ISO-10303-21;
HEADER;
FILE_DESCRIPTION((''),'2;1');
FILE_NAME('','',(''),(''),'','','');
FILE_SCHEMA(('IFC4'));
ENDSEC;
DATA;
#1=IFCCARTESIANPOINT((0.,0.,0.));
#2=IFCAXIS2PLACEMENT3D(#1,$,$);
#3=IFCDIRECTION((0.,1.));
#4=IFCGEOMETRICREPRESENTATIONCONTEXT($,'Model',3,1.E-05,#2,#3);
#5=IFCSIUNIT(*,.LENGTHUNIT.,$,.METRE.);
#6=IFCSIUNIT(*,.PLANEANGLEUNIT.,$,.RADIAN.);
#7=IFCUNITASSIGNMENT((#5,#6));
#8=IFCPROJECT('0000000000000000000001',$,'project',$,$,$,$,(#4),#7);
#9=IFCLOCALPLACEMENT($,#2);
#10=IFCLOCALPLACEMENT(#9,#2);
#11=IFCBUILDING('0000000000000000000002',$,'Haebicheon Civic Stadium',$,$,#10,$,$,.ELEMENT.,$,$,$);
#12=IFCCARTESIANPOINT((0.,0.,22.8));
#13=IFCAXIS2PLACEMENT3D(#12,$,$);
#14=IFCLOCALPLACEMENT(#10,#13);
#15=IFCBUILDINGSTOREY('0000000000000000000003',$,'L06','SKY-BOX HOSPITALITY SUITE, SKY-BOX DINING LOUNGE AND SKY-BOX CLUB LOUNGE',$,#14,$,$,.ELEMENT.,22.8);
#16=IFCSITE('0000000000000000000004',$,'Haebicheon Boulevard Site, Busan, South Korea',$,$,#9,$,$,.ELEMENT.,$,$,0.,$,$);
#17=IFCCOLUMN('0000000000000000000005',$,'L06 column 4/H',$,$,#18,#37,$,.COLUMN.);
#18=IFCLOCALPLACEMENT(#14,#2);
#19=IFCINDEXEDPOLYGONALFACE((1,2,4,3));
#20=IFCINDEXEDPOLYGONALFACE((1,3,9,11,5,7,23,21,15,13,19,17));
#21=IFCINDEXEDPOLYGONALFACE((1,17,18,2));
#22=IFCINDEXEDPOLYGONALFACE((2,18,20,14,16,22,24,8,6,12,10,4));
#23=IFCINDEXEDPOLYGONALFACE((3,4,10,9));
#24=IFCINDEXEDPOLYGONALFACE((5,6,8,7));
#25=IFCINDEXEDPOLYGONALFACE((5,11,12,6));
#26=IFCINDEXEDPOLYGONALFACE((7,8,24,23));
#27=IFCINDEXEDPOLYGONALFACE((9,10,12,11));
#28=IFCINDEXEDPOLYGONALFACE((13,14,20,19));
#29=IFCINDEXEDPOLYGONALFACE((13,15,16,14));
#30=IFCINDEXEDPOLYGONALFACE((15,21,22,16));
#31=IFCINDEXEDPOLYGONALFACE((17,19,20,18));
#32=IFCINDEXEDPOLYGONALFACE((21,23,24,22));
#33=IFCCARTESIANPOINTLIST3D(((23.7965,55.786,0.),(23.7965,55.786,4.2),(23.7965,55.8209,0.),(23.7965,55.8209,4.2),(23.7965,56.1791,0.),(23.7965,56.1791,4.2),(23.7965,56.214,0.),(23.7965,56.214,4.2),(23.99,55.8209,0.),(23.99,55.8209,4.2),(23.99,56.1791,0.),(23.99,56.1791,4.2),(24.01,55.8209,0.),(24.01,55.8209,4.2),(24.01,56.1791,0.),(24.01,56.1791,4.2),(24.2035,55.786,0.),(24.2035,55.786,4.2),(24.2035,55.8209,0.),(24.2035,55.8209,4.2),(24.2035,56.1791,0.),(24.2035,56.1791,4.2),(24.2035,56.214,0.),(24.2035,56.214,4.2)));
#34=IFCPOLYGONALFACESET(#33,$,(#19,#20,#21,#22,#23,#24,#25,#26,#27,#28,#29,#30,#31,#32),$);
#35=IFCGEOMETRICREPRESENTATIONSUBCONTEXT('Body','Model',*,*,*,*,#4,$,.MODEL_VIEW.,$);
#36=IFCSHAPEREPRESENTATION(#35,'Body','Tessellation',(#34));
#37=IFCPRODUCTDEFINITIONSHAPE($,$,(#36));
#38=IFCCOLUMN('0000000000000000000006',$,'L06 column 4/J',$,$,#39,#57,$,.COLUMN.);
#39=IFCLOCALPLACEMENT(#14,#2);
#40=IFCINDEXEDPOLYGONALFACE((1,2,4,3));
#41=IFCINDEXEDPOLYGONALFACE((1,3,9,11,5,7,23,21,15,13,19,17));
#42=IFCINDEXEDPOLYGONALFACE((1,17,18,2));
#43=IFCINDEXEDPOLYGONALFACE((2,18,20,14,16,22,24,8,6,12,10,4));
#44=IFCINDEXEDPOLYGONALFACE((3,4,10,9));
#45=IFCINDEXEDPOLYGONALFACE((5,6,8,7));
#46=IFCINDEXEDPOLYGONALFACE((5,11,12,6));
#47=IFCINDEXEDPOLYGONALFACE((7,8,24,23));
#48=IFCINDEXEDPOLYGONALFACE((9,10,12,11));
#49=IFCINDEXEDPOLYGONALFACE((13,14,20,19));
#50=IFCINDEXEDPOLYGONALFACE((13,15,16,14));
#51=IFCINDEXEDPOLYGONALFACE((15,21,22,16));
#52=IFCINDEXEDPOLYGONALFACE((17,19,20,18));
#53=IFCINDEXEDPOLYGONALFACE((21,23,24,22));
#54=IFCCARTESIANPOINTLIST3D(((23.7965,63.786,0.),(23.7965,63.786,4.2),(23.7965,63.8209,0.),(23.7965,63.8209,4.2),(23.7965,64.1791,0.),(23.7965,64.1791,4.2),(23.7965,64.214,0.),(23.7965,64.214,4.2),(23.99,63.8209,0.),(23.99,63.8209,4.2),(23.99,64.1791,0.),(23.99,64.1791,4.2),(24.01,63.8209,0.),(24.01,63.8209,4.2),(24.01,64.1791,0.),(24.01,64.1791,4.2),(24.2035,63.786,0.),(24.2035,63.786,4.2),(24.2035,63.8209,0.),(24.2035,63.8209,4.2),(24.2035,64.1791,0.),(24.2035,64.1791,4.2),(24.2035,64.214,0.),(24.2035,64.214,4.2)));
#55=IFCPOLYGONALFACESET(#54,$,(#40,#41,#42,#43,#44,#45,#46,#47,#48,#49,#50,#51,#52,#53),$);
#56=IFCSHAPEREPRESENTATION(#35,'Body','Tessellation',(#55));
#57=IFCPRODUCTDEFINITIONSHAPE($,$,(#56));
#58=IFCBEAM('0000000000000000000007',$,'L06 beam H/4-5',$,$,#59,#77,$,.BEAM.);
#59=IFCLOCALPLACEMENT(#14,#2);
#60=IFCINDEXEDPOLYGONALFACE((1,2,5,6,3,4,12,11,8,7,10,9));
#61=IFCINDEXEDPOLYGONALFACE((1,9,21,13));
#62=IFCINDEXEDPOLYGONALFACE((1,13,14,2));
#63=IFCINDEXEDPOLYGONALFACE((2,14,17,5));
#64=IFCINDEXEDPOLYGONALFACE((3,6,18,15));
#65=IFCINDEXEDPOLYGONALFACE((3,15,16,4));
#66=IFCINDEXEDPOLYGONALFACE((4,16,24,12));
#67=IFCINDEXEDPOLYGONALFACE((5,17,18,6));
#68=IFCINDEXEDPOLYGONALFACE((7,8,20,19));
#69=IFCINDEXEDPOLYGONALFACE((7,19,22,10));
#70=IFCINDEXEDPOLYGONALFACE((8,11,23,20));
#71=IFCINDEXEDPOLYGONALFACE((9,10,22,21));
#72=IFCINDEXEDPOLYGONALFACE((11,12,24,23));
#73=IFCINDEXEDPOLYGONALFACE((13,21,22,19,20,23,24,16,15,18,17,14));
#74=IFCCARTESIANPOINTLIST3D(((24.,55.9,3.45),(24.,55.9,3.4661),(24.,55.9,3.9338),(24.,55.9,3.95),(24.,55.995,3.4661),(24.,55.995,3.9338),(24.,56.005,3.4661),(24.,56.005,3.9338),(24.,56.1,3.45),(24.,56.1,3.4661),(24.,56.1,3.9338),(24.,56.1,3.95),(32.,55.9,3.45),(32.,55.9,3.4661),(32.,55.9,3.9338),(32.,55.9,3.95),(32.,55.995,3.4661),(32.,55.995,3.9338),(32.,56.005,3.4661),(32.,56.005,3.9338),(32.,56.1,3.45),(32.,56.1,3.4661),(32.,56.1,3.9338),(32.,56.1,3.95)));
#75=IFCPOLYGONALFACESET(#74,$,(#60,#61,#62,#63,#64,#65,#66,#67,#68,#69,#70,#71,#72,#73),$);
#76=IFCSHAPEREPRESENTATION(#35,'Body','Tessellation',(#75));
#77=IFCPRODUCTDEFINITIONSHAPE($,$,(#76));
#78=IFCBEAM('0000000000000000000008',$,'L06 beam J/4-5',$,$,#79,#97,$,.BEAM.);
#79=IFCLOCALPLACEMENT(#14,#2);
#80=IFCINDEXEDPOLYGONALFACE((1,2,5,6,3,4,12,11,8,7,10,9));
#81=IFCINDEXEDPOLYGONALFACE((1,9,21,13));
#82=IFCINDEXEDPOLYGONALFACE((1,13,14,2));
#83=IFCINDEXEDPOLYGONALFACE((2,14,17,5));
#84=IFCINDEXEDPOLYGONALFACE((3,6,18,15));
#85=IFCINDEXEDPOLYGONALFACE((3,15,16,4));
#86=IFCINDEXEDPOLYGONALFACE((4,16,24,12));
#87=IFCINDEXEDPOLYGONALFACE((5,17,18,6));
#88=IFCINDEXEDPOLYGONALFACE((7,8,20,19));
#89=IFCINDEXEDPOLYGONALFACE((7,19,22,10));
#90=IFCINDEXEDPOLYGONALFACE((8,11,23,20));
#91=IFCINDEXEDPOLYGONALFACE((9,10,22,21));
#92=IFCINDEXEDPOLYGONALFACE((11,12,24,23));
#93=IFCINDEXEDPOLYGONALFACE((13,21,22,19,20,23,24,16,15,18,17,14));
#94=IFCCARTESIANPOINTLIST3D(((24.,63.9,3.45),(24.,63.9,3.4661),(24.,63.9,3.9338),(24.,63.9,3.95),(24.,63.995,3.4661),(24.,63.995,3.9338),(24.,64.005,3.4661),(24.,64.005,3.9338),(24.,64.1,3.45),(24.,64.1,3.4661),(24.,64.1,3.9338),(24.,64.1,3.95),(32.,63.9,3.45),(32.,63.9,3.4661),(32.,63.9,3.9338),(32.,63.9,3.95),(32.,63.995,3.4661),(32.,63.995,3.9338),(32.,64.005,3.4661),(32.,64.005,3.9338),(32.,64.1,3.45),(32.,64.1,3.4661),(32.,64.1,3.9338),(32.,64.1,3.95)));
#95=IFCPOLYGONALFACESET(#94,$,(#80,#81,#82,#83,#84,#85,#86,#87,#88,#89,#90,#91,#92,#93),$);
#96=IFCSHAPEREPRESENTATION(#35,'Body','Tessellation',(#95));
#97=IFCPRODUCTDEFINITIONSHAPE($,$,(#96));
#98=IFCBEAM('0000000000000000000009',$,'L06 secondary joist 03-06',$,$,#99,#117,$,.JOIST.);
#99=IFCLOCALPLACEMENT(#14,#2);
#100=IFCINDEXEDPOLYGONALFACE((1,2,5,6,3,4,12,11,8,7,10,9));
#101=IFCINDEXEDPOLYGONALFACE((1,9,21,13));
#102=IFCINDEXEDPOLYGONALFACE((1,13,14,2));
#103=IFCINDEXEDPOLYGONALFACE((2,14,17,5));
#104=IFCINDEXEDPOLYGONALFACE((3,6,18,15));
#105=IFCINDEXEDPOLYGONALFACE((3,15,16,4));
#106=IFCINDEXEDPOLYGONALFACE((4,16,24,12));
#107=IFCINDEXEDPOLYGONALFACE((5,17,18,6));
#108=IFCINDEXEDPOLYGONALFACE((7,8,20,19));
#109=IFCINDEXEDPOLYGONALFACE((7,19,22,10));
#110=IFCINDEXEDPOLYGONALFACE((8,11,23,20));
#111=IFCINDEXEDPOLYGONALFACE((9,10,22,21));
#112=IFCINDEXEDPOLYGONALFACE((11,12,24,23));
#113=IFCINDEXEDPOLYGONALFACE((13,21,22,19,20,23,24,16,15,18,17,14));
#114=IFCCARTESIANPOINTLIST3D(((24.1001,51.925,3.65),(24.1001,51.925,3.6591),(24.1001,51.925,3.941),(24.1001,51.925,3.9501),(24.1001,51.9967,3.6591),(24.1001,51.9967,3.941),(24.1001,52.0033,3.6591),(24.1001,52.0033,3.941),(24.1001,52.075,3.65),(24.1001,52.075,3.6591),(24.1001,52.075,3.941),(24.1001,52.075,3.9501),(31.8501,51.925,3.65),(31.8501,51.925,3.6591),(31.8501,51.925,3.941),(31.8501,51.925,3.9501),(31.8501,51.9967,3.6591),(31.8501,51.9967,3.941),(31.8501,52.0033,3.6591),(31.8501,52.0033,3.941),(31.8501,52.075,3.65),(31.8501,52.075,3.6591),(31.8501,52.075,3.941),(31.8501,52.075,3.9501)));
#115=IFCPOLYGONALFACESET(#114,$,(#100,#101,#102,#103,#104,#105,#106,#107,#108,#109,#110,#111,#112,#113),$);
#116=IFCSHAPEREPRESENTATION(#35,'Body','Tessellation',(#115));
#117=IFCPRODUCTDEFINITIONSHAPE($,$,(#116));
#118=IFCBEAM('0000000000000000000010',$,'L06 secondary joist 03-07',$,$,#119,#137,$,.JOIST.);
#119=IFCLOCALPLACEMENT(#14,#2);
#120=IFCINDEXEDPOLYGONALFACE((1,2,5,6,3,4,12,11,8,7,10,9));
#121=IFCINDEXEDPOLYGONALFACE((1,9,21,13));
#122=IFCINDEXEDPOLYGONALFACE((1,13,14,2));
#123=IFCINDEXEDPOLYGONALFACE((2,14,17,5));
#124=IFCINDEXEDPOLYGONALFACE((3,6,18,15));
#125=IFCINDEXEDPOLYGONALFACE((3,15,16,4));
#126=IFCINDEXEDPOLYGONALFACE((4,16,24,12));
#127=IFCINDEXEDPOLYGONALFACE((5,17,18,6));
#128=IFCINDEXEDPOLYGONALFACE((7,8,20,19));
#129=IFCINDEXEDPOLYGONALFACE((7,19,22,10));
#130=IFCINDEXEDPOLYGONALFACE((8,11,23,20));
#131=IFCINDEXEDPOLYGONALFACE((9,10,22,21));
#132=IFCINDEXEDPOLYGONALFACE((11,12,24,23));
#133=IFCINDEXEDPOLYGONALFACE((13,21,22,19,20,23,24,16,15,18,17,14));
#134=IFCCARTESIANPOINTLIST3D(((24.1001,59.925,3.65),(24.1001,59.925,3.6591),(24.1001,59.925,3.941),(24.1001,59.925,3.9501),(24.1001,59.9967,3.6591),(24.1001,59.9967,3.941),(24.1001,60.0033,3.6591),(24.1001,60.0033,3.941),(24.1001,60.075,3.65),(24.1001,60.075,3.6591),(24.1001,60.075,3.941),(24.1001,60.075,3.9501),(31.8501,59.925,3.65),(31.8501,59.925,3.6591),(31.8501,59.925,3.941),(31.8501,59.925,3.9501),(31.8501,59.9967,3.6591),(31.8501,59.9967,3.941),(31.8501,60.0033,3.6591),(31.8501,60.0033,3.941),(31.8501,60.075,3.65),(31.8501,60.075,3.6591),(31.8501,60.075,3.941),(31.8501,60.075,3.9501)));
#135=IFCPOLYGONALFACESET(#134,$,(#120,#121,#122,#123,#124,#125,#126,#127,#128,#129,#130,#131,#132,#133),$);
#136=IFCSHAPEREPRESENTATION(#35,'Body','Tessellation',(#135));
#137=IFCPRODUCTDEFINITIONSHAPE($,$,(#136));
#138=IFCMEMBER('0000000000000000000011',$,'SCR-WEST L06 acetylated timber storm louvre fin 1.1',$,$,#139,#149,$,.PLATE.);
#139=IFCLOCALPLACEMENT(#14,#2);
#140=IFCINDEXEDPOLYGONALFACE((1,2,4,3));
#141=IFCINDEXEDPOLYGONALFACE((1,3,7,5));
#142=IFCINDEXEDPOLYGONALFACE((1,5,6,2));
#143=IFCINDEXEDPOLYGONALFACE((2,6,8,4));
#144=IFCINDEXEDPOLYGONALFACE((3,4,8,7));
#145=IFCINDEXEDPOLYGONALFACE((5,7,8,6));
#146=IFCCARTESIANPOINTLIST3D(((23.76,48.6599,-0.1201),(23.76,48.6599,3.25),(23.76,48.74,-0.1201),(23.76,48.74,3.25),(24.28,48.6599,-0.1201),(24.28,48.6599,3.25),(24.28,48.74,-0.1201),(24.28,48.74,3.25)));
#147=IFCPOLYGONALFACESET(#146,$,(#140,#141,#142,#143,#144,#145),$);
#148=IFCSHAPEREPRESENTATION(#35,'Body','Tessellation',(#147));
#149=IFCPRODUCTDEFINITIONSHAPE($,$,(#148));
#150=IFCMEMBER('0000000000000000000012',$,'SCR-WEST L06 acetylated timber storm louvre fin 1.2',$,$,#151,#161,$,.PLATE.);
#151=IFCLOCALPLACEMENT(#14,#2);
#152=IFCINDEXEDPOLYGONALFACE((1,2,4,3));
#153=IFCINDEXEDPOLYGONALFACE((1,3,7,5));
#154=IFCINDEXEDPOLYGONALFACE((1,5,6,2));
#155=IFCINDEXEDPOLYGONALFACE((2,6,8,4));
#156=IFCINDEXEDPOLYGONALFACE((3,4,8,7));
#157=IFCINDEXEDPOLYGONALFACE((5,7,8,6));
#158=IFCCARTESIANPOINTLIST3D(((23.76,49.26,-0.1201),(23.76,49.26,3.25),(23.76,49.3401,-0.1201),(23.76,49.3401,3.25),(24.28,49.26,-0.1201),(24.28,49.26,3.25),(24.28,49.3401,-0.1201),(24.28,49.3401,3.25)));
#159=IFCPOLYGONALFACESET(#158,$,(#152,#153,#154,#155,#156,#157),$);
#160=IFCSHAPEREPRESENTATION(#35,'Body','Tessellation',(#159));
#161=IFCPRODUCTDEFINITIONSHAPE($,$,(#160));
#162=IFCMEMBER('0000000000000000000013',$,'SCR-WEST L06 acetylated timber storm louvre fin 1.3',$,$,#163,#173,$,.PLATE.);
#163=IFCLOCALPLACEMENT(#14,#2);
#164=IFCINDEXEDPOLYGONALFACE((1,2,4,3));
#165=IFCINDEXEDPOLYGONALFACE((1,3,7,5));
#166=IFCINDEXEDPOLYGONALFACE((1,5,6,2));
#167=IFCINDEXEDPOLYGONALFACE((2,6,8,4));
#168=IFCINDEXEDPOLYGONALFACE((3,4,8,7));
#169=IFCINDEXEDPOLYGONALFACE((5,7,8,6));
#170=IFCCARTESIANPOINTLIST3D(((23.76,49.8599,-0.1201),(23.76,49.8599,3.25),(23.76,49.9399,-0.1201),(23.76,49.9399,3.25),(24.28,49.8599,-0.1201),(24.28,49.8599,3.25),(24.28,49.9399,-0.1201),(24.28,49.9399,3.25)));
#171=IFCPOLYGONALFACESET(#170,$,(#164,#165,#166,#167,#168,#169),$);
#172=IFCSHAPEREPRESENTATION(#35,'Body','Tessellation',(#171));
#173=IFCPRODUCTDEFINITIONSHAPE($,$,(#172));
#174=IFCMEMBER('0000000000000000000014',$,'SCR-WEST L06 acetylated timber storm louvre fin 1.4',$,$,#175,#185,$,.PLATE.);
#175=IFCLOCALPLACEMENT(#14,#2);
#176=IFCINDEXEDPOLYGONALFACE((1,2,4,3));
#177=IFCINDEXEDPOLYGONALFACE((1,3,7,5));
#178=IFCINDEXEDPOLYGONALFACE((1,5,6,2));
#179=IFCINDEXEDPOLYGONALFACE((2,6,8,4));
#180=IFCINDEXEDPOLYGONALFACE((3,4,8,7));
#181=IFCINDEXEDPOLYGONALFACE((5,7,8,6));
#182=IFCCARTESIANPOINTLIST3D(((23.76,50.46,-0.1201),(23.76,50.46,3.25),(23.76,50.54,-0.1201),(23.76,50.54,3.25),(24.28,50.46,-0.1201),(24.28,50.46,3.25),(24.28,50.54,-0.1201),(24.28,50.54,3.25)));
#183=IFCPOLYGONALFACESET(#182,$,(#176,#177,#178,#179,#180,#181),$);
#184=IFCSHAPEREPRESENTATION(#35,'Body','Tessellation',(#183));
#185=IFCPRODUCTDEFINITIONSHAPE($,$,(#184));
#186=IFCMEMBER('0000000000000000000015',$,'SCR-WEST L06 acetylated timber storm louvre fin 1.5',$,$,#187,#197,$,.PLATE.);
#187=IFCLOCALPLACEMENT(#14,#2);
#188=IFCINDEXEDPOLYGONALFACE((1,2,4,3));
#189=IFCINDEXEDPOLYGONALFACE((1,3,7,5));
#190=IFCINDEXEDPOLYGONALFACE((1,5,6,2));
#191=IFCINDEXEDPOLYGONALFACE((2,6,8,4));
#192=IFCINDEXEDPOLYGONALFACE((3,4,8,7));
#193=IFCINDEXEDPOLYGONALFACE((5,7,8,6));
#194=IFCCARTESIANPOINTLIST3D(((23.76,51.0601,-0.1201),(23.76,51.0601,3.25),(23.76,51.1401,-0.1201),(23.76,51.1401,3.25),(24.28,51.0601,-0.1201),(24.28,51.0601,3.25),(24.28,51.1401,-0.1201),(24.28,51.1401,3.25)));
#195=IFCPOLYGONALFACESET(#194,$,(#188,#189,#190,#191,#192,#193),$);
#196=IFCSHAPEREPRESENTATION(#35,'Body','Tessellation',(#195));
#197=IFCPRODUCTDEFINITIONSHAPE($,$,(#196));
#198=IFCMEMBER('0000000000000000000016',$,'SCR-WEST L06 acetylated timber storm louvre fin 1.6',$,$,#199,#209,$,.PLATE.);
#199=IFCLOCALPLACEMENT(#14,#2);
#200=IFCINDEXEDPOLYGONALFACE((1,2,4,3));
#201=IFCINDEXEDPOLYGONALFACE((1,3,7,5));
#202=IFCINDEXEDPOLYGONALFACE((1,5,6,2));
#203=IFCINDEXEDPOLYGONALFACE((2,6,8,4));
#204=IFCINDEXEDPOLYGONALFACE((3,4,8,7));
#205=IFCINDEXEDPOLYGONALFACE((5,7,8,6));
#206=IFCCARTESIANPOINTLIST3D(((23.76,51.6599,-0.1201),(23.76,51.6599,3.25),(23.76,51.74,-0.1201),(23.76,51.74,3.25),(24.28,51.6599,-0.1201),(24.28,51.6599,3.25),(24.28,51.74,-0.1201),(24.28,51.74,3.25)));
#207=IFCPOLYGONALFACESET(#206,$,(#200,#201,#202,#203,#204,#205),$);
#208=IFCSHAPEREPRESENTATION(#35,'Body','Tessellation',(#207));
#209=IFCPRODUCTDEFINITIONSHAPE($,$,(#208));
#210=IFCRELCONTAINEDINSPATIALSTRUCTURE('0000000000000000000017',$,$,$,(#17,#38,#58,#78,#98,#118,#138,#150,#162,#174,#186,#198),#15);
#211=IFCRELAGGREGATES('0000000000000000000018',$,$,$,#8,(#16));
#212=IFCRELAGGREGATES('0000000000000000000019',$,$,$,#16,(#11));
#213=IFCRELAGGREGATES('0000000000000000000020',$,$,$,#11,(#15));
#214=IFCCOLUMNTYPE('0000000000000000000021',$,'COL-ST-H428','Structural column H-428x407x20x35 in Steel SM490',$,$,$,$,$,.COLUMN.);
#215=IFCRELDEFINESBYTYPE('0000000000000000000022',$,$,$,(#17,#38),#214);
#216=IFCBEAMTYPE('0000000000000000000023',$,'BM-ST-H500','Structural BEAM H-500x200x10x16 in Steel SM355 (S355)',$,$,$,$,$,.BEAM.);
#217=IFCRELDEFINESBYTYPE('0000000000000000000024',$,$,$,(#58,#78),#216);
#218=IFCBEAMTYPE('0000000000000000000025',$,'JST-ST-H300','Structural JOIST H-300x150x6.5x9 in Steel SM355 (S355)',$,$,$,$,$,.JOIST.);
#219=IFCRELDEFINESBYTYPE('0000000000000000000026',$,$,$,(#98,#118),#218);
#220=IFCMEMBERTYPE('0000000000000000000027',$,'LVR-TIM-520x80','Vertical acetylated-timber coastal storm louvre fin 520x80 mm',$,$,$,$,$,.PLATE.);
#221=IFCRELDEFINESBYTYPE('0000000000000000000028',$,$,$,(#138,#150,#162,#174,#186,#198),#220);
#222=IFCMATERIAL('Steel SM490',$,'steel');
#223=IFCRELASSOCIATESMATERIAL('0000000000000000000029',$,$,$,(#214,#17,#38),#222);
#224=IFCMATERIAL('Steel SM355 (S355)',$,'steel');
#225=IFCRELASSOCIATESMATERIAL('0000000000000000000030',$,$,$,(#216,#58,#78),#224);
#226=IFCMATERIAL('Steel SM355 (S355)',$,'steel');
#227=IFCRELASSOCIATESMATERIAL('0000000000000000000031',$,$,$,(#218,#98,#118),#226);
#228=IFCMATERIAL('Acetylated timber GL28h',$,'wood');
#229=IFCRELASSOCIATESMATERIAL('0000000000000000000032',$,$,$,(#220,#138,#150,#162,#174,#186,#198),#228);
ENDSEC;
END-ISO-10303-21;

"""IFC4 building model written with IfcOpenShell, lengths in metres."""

from ifc_helpers import new_model, si_unit, direction, frame, origin, origin_2d, place, context, subcontext, project, spatial, rectangle, i_section, extrude, material, material_profile, profile_set, type_object, element, save


model = new_model("IFC4")

# Units and contexts
model_context = context("Model", 3, precision=1e-05, world=origin(), true_north=direction((0.0, 1.0)))
body_context = subcontext(model_context, "Body", "Model", "MODEL_VIEW")
ifc_project = project(units=[si_unit("LENGTHUNIT", "METRE"), si_unit("PLANEANGLEUNIT", "RADIAN")], contexts=[model_context])

# Site, building, storey
site_placement = place(None, origin())
site = spatial("IfcSite", under=ifc_project, at=site_placement, Name="Haebicheon Boulevard Site, Busan, South Korea", CompositionType="ELEMENT", RefElevation=0.0)
building_placement = place(site_placement, origin())
building = spatial("IfcBuilding", under=site, at=building_placement, Name="Haebicheon Civic Stadium", CompositionType="ELEMENT")
storey_placement = place(building_placement, frame((0.0, 0.0, 22.8)))
storey = spatial("IfcBuildingStorey", under=building, at=storey_placement, Name="L06", Description="SKY-BOX HOSPITALITY SUITE, SKY-BOX DINING LOUNGE AND SKY-BOX CLUB LOUNGE", CompositionType="ELEMENT", Elevation=22.8)

# Columns
ifc_material_1 = material(Name="Steel SM490", Category="steel")
ifc_material_profile_1 = material_profile(ifc_material_1, i_section(OverallWidth=0.407, OverallDepth=0.428, WebThickness=0.02, FlangeThickness=0.0349, at=origin_2d()), Name="H-428x407x20x35")
ifc_profile_set_1 = profile_set([ifc_material_profile_1], Name="Steel SM490")
column_type = type_object("IfcColumnType", Name="COL-ST-H428", Description="Structural column H-428x407x20x35 in Steel SM490", PredefinedType="COLUMN", material=ifc_profile_set_1)
for number, where, z_axis, x_axis, name in (
    (1, (24.0, 56.0, 0.0), (0.0, 0.0, 1.0), (1.0, 0.0, 0.0), "L06 column 4/H"),
    (2, (24.0, 64.0, 0.0), (0.0, 0.0, 1.0), (1.0, 0.0, 0.0), "L06 column 4/J"),
):
    element("IfcColumn", number, at=place(storey_placement, frame(where, z_axis=z_axis, x_axis=x_axis)), inside=storey, type_object=column_type, material=ifc_profile_set_1, Name=name, PredefinedType="COLUMN", context=body_context, shape_type="SweptSolid", body=[
        extrude(i_section(OverallWidth=0.407, OverallDepth=0.428, WebThickness=0.02, FlangeThickness=0.0349, at=origin_2d()), origin(), (0.0, 0.0, 1.0), 4.2),
    ])

# Beams
ifc_material_2 = material(Name="Steel SM355 (S355)", Category="steel")
ifc_material_profile_2 = material_profile(ifc_material_2, i_section(OverallWidth=0.2, OverallDepth=0.5, WebThickness=0.01, FlangeThickness=0.0161, at=origin_2d()), Name="H-500x200x10x16")
ifc_profile_set_2 = profile_set([ifc_material_profile_2], Name="Steel SM355 (S355)")
beam_type_1 = type_object("IfcBeamType", Name="BM-ST-H500", Description="Structural BEAM H-500x200x10x16 in Steel SM355 (S355)", PredefinedType="BEAM", material=ifc_profile_set_2)
for number, where, z_axis, x_axis, name in (
    (3, (24.0, 56.0, 3.7), (1.0, 0.0, 0.0), (0.0, 1.0, 0.0), "L06 beam H/4-5"),
    (4, (24.0, 64.0, 3.7), (1.0, 0.0, 0.0), (0.0, 1.0, 0.0), "L06 beam J/4-5"),
):
    element("IfcBeam", number, at=place(storey_placement, frame(where, z_axis=z_axis, x_axis=x_axis)), inside=storey, type_object=beam_type_1, material=ifc_profile_set_2, Name=name, PredefinedType="BEAM", context=body_context, shape_type="SweptSolid", body=[
        extrude(i_section(OverallWidth=0.2, OverallDepth=0.5, WebThickness=0.01, FlangeThickness=0.0161, at=origin_2d()), origin(), (0.0, 0.0, 1.0), 8.0),
    ])
ifc_material_3 = material(Name="Steel SM355 (S355)", Category="steel")
ifc_material_profile_3 = material_profile(ifc_material_3, i_section(OverallWidth=0.1499, OverallDepth=0.3, WebThickness=0.0066, FlangeThickness=0.009, at=origin_2d()), Name="H-300x150x6.5x9")
ifc_profile_set_3 = profile_set([ifc_material_profile_3], Name="Steel SM355 (S355)")
beam_type_2 = type_object("IfcBeamType", Name="JST-ST-H300", Description="Structural JOIST H-300x150x6.5x9 in Steel SM355 (S355)", PredefinedType="JOIST", material=ifc_profile_set_3)
for number, where, z_axis, x_axis, name in (
    (5, (24.1001, 52.0, 3.8), (1.0, 0.0, 0.0), (0.0, 1.0, 0.0), "L06 secondary joist 03-06"),
    (6, (24.1001, 60.0, 3.8), (1.0, 0.0, 0.0), (0.0, 1.0, 0.0), "L06 secondary joist 03-07"),
):
    element("IfcBeam", number, at=place(storey_placement, frame(where, z_axis=z_axis, x_axis=x_axis)), inside=storey, type_object=beam_type_2, material=ifc_profile_set_3, Name=name, PredefinedType="JOIST", context=body_context, shape_type="SweptSolid", body=[
        extrude(i_section(OverallWidth=0.1499, OverallDepth=0.3, WebThickness=0.0066, FlangeThickness=0.009, at=origin_2d()), origin(), (0.0, 0.0, 1.0), 7.75),
    ])

# Members
ifc_material_4 = material(Name="Acetylated timber GL28h", Category="wood")
ifc_material_profile_4 = material_profile(ifc_material_4, rectangle(XDim=0.0801, YDim=0.52, at=origin_2d()), Name="TMB-LOUV-80x520")
ifc_profile_set_4 = profile_set([ifc_material_profile_4], Name="Acetylated timber GL28h")
member_type_1 = type_object("IfcMemberType", Name="LVR-TIM-520x80", Description="Vertical acetylated-timber coastal storm louvre fin 520x80 mm", PredefinedType="PLATE", material=ifc_profile_set_4)
for number, where, z_axis, x_axis, name in (
    (7, (24.02, 48.7, -0.1201), (0.0, 0.0, 1.0), (0.0, 1.0, 0.0), "SCR-WEST L06 acetylated timber storm louvre fin 1.1"),
    (8, (24.02, 49.3, -0.1201), (0.0, 0.0, 1.0), (0.0, 1.0, 0.0), "SCR-WEST L06 acetylated timber storm louvre fin 1.2"),
    (9, (24.02, 49.8999, -0.1201), (0.0, 0.0, 1.0), (0.0, 1.0, 0.0), "SCR-WEST L06 acetylated timber storm louvre fin 1.3"),
    (10, (24.02, 50.5, -0.1201), (0.0, 0.0, 1.0), (0.0, 1.0, 0.0), "SCR-WEST L06 acetylated timber storm louvre fin 1.4"),
    (11, (24.02, 51.1001, -0.1201), (0.0, 0.0, 1.0), (0.0, 1.0, 0.0), "SCR-WEST L06 acetylated timber storm louvre fin 1.5"),
    (12, (24.02, 51.7, -0.1201), (0.0, 0.0, 1.0), (0.0, 1.0, 0.0), "SCR-WEST L06 acetylated timber storm louvre fin 1.6"),
):
    element("IfcMember", number, at=place(storey_placement, frame(where, z_axis=z_axis, x_axis=x_axis)), inside=storey, type_object=member_type_1, material=ifc_profile_set_4, Name=name, PredefinedType="PLATE", context=body_context, shape_type="SweptSolid", body=[
        extrude(rectangle(XDim=0.0801, YDim=0.52, at=origin_2d()), origin(), (0.0, 0.0, 1.0), 3.3701),
    ])

save(model, "model.ifc")
